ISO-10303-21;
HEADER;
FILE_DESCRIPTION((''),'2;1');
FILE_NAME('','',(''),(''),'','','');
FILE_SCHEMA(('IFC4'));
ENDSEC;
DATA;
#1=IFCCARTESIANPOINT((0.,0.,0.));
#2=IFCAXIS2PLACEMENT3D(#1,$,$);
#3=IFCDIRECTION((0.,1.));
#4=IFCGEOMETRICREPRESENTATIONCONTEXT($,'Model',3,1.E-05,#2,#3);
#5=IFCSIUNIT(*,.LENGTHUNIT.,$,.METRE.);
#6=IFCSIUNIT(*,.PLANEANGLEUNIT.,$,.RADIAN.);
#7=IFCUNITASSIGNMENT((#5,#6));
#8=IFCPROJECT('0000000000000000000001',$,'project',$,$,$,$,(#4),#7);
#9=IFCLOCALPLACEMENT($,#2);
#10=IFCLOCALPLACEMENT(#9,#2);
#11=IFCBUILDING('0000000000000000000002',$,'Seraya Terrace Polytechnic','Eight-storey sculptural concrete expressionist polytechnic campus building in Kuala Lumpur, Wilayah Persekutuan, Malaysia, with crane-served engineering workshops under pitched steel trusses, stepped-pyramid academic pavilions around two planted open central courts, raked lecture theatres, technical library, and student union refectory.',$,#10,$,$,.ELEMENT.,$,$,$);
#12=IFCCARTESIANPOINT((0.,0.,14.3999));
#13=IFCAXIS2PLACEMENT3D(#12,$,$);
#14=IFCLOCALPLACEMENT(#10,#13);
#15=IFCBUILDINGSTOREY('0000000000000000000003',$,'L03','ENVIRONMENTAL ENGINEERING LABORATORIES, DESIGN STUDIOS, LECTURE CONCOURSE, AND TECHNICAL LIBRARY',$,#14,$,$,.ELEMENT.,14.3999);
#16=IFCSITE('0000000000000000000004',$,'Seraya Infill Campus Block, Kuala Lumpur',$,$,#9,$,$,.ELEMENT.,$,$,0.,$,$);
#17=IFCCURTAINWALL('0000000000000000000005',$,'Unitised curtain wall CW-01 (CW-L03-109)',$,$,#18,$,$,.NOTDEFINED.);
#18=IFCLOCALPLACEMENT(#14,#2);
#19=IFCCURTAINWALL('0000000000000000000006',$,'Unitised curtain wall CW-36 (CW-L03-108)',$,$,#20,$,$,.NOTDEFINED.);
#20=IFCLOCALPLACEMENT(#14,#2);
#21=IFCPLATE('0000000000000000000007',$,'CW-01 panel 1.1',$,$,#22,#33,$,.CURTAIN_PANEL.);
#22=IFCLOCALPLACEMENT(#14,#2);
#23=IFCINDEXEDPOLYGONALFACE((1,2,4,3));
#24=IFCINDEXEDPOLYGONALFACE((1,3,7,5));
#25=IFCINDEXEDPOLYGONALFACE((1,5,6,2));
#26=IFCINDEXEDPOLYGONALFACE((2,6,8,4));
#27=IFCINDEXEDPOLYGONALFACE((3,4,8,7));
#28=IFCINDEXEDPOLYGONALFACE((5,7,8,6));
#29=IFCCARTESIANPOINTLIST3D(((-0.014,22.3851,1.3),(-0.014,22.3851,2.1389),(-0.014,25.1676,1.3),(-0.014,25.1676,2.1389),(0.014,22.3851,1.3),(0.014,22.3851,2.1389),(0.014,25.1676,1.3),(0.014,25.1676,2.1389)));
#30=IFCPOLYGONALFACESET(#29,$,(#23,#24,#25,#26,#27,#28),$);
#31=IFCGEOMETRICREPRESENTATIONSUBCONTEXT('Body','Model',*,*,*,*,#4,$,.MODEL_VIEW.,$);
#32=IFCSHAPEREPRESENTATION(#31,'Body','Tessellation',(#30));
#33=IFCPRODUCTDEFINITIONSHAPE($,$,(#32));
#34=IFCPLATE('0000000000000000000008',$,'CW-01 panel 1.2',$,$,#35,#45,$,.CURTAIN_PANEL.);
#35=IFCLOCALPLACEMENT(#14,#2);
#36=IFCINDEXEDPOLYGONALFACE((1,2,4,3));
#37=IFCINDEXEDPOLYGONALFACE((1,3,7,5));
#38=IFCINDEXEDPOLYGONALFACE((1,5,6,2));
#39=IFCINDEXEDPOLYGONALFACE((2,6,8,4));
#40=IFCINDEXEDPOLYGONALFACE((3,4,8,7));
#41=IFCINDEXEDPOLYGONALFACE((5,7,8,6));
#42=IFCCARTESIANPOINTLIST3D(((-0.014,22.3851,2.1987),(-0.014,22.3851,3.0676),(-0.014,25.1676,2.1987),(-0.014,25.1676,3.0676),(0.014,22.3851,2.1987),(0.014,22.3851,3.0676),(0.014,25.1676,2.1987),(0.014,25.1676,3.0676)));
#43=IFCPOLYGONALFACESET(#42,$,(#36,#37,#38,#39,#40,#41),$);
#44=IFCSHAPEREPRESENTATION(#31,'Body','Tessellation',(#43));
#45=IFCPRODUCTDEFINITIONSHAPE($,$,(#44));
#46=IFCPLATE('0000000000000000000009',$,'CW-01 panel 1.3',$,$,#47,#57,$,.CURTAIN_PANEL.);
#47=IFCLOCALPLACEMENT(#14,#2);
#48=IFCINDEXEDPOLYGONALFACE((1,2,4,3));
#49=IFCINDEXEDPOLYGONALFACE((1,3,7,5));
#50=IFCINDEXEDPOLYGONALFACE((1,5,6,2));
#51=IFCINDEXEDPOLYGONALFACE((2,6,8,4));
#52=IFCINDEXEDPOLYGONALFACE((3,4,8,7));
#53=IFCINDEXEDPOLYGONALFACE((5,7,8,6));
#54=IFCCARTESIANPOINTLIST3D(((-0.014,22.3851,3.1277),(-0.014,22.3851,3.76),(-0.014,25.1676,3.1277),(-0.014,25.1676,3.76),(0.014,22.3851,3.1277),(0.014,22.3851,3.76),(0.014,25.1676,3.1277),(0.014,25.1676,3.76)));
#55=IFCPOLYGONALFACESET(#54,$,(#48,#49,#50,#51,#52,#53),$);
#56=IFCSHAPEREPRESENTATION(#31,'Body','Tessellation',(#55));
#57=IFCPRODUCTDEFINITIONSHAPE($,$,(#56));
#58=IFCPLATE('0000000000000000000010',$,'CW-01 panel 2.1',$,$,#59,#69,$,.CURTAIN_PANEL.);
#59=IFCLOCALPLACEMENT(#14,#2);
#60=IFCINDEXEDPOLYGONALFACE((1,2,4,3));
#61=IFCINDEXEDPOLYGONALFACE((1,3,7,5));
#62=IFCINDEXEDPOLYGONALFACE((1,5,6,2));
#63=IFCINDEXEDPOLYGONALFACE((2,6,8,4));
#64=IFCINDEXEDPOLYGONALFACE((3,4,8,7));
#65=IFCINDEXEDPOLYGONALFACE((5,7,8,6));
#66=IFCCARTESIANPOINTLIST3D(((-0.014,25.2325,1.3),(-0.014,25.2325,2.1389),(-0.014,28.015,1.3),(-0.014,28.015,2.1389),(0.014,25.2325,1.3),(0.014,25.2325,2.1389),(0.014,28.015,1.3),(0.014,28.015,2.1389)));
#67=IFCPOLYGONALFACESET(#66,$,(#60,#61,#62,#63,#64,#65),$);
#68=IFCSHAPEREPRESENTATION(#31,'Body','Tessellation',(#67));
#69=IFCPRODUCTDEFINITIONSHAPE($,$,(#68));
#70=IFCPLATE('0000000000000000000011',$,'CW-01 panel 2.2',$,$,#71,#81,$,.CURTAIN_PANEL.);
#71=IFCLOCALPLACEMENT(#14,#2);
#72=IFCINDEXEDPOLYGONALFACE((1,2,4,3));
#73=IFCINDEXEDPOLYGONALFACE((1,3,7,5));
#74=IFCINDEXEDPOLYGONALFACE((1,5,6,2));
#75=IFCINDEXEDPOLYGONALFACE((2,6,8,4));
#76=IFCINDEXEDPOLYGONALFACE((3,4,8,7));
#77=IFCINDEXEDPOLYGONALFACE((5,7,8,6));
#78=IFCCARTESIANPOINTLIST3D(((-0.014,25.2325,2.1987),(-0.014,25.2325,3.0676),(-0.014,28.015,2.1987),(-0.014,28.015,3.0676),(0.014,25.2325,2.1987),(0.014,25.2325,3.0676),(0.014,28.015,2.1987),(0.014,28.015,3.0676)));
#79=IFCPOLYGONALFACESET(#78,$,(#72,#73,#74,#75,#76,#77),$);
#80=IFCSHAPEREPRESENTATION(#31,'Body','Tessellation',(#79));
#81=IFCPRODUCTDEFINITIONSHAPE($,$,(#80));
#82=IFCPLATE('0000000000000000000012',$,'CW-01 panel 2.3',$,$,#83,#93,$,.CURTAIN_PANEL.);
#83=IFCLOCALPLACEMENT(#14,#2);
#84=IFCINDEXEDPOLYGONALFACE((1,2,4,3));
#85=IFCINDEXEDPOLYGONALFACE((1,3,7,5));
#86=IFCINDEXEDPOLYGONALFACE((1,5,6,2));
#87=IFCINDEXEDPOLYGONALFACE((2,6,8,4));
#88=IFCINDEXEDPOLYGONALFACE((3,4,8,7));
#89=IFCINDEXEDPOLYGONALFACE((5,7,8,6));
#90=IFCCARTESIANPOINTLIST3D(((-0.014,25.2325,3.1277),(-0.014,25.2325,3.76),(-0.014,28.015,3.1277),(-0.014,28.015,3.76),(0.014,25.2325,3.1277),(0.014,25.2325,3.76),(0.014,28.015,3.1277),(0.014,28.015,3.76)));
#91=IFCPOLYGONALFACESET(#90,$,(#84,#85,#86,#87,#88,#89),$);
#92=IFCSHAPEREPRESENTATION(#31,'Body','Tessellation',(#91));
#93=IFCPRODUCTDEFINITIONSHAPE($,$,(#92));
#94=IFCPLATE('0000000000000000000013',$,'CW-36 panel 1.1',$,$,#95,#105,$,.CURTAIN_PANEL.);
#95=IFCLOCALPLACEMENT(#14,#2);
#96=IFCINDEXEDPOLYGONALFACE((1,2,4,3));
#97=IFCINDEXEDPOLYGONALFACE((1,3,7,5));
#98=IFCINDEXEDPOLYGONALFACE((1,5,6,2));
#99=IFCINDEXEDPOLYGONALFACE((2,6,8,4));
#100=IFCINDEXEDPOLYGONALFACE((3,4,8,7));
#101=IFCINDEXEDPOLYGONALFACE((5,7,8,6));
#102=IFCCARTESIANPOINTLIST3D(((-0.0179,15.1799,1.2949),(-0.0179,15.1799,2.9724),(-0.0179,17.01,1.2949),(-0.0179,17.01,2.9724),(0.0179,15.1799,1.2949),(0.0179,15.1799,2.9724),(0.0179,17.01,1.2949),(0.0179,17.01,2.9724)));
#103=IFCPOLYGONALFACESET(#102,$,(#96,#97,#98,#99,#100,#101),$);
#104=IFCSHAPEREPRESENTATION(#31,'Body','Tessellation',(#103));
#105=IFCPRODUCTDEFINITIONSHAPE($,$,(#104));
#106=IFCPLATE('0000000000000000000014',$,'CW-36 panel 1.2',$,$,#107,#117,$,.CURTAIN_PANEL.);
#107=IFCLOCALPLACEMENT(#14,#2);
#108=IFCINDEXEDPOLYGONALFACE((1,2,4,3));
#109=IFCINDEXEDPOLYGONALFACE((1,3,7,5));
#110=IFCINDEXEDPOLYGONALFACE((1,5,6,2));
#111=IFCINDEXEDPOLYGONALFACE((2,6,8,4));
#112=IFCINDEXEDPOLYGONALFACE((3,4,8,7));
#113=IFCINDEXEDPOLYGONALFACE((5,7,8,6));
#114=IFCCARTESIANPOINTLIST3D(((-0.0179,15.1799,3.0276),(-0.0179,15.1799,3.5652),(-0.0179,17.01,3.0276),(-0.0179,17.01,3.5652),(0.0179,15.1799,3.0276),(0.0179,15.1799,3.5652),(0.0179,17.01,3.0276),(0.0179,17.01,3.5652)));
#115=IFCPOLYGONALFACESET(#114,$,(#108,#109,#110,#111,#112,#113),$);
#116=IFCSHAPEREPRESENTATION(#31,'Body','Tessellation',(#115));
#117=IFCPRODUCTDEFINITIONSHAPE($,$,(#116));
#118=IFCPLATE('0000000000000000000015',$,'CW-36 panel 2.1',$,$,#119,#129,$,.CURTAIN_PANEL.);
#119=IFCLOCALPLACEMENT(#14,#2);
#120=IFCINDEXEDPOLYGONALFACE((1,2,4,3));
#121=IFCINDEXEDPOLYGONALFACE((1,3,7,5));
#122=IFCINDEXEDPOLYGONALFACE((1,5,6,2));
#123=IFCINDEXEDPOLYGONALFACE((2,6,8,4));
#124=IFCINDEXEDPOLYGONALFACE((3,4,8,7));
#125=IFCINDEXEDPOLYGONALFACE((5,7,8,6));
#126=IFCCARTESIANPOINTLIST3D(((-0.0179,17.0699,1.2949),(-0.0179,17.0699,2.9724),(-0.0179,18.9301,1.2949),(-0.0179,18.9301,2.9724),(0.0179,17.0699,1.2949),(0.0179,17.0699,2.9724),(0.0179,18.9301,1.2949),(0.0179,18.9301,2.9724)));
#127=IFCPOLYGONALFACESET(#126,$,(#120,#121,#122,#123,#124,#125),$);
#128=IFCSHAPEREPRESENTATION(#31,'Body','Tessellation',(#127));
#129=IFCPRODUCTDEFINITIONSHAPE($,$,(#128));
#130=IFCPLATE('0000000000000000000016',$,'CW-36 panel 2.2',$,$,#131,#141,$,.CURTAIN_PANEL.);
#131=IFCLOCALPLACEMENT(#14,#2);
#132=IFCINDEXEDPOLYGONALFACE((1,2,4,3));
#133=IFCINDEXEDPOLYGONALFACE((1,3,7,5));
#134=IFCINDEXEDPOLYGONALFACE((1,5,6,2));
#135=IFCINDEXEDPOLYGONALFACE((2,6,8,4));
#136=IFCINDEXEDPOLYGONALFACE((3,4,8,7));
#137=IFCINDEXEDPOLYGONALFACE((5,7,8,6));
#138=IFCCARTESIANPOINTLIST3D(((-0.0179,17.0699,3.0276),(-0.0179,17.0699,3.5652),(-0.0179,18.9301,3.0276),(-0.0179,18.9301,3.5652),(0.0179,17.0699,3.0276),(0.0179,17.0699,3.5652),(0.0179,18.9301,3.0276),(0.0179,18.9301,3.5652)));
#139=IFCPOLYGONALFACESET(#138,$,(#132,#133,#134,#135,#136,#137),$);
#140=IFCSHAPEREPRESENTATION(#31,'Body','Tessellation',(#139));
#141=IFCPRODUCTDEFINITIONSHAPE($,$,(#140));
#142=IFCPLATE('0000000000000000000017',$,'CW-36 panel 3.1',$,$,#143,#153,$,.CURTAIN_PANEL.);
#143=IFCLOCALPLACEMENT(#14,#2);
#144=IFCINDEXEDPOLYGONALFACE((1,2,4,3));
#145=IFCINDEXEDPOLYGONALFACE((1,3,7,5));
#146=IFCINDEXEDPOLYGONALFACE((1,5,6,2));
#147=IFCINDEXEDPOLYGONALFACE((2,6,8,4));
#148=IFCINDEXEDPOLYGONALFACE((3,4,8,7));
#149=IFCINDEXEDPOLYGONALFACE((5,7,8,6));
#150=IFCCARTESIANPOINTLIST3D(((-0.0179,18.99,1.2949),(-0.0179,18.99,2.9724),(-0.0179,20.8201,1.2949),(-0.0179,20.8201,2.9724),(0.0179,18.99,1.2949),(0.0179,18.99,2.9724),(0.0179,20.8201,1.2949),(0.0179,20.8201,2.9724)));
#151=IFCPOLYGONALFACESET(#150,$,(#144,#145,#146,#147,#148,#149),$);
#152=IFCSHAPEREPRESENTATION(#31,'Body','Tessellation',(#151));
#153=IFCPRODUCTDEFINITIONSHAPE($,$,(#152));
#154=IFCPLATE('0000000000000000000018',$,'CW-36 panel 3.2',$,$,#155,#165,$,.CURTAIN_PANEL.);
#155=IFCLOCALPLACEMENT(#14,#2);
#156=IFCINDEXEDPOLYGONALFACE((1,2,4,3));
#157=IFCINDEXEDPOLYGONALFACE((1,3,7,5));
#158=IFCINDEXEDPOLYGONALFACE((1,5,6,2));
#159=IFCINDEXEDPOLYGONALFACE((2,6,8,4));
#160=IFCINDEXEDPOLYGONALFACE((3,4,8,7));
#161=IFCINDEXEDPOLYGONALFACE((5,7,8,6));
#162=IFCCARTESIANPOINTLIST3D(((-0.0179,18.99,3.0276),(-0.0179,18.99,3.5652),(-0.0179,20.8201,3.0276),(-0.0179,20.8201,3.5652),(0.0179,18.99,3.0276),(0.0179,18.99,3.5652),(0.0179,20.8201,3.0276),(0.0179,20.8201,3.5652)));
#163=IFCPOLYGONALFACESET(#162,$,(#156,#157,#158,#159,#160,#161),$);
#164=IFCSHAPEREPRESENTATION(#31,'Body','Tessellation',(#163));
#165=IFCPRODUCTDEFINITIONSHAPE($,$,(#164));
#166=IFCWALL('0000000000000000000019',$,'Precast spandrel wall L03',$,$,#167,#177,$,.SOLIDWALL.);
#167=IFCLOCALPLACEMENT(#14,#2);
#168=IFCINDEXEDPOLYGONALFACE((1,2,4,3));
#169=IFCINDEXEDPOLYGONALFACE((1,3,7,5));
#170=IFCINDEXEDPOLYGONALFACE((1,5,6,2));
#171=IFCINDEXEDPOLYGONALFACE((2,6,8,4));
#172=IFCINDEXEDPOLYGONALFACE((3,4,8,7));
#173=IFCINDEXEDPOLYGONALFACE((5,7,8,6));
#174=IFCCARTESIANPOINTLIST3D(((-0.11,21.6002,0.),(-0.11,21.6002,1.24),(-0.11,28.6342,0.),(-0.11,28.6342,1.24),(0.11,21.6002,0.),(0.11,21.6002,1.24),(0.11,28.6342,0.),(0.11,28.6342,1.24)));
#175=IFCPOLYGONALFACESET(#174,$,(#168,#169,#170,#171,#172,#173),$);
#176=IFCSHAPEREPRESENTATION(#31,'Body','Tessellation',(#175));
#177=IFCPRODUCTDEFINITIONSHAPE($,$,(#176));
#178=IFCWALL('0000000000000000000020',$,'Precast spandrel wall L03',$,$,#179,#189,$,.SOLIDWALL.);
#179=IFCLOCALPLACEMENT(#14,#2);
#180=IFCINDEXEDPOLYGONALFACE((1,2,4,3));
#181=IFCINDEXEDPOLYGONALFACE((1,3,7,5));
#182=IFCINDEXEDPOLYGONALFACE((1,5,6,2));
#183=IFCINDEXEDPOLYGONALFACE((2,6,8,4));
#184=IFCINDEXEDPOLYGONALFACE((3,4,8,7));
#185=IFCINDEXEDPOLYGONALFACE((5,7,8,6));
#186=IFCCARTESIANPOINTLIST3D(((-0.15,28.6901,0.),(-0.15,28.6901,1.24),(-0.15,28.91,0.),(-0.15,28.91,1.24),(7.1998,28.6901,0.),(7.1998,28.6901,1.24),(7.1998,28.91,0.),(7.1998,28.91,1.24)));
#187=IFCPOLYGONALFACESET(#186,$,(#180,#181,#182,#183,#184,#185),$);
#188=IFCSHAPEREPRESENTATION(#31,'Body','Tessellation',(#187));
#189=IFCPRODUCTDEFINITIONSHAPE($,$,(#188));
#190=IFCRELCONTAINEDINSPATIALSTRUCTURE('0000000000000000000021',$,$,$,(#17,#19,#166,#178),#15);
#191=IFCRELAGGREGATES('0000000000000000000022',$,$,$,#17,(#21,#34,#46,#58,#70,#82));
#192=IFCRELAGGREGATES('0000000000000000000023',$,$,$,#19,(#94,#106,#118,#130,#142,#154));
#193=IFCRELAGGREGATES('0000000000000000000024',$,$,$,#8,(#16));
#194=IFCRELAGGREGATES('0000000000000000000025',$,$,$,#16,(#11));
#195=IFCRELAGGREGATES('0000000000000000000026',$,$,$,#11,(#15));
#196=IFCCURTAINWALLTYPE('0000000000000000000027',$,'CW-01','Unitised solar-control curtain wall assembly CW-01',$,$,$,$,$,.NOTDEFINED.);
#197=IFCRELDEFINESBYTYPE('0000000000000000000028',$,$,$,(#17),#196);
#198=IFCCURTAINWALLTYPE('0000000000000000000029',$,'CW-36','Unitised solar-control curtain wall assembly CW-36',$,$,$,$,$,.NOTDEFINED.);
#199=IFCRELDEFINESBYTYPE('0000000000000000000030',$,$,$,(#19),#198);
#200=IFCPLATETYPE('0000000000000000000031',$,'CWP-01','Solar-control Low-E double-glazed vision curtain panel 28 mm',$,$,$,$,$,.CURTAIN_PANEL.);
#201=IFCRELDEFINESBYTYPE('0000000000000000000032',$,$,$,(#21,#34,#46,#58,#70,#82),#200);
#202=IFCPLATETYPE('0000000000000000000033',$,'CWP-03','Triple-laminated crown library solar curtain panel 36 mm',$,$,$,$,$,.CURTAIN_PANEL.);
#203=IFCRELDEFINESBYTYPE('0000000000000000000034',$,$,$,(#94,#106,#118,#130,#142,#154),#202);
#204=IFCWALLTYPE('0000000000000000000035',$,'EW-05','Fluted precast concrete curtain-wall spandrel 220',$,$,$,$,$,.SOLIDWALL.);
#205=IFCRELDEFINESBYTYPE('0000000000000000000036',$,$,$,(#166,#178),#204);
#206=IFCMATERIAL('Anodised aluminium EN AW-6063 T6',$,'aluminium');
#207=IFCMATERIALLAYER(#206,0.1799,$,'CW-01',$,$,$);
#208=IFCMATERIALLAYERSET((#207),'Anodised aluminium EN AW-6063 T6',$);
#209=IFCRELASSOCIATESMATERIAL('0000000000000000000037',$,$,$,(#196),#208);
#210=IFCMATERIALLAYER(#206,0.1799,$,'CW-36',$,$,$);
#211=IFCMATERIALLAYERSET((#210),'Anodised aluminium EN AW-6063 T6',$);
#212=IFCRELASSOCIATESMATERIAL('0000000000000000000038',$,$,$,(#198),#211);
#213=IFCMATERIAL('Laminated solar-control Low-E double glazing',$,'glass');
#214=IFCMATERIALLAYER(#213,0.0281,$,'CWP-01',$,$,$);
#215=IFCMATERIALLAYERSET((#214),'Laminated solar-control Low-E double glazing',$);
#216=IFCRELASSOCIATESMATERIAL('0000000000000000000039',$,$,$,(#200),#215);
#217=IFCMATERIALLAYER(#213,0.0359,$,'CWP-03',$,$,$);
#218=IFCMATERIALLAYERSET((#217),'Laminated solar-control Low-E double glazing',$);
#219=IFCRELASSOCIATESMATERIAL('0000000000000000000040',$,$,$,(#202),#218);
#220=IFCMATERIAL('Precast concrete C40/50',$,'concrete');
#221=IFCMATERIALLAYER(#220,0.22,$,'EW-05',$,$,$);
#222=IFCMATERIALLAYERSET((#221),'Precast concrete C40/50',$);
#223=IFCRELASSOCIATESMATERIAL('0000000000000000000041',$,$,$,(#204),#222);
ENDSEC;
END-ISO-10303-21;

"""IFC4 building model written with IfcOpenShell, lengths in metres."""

from ifc_helpers import new_model, si_unit, direction, frame, frame_2d, origin, origin_2d, place, context, subcontext, project, spatial, rectangle, extrude, material, layer, layer_set, type_object, element, aggregate, save


model = new_model("IFC4")

# Units and contexts
model_context = context("Model", 3, precision=1e-05, world=origin(), true_north=direction((0.0, 1.0)))
body_context = subcontext(model_context, "Body", "Model", "MODEL_VIEW")
ifc_project = project(units=[si_unit("LENGTHUNIT", "METRE"), si_unit("PLANEANGLEUNIT", "RADIAN")], contexts=[model_context])

# Site, building, storey
site_placement = place(None, origin())
site = spatial("IfcSite", under=ifc_project, at=site_placement, Name="Seraya Infill Campus Block, Kuala Lumpur", CompositionType="ELEMENT", RefElevation=0.0)
building_placement = place(site_placement, origin())
building = spatial("IfcBuilding", under=site, at=building_placement, Name="Seraya Terrace Polytechnic", Description="Eight-storey sculptural concrete expressionist polytechnic campus building in Kuala Lumpur, Wilayah Persekutuan, Malaysia, with crane-served engineering workshops under pitched steel trusses, stepped-pyramid academic pavilions around two planted open central courts, raked lecture theatres, technical library, and student union refectory.", CompositionType="ELEMENT")
storey_placement = place(building_placement, frame((0.0, 0.0, 14.3999)))
storey = spatial("IfcBuildingStorey", under=building, at=storey_placement, Name="L03", Description="ENVIRONMENTAL ENGINEERING LABORATORIES, DESIGN STUDIOS, LECTURE CONCOURSE, AND TECHNICAL LIBRARY", CompositionType="ELEMENT", Elevation=14.3999)

# Curtain walls
ifc_material_1 = material(Name="Anodised aluminium EN AW-6063 T6", Category="aluminium")
ifc_layer_1 = layer(ifc_material_1, 0.1799, Name="CW-01")
ifc_layer_set_1 = layer_set([ifc_layer_1], Name="Anodised aluminium EN AW-6063 T6")
curtain_wall_type_1 = type_object("IfcCurtainWallType", Name="CW-01", Description="Unitised solar-control curtain wall assembly CW-01", PredefinedType="NOTDEFINED", material=ifc_layer_set_1)
curtain_wall_1_placement = place(storey_placement, origin())
curtain_wall_1 = element("IfcCurtainWall", 1, at=curtain_wall_1_placement, inside=storey, type_object=curtain_wall_type_1, Name="Unitised curtain wall CW-01 (CW-L03-109)", PredefinedType="NOTDEFINED")
ifc_layer_2 = layer(ifc_material_1, 0.1799, Name="CW-36")
ifc_layer_set_2 = layer_set([ifc_layer_2], Name="Anodised aluminium EN AW-6063 T6")
curtain_wall_type_2 = type_object("IfcCurtainWallType", Name="CW-36", Description="Unitised solar-control curtain wall assembly CW-36", PredefinedType="NOTDEFINED", material=ifc_layer_set_2)
curtain_wall_2_placement = place(storey_placement, origin())
curtain_wall_2 = element("IfcCurtainWall", 2, at=curtain_wall_2_placement, inside=storey, type_object=curtain_wall_type_2, Name="Unitised curtain wall CW-36 (CW-L03-108)", PredefinedType="NOTDEFINED")

# Plates
ifc_material_2 = material(Name="Laminated solar-control Low-E double glazing", Category="glass")
ifc_layer_3 = layer(ifc_material_2, 0.0281, Name="CWP-01")
ifc_layer_set_3 = layer_set([ifc_layer_3], Name="Laminated solar-control Low-E double glazing")
plate_type_1 = type_object("IfcPlateType", Name="CWP-01", Description="Solar-control Low-E double-glazed vision curtain panel 28 mm", PredefinedType="CURTAIN_PANEL", material=ifc_layer_set_3)
plate_1_placement = place(storey_placement, frame((0.0, 23.7764, 1.3), z_axis=(0.0, 0.0, 1.0), x_axis=(0.0, 1.0, 0.0)))
plate_1 = element("IfcPlate", 3, at=plate_1_placement, type_object=plate_type_1, Name="CW-01 panel 1.1", PredefinedType="CURTAIN_PANEL", context=body_context, shape_type="SweptSolid", body=[
    extrude(rectangle(XDim=2.7825, YDim=0.0281, at=origin_2d()), origin(), (0.0, 0.0, 1.0), 0.8389),
])
plate_2_placement = place(storey_placement, frame((0.0, 23.7764, 2.1987), z_axis=(0.0, 0.0, 1.0), x_axis=(0.0, 1.0, 0.0)))
plate_2 = element("IfcPlate", 4, at=plate_2_placement, type_object=plate_type_1, Name="CW-01 panel 1.2", PredefinedType="CURTAIN_PANEL", context=body_context, shape_type="SweptSolid", body=[
    extrude(rectangle(XDim=2.7825, YDim=0.0281, at=origin_2d()), origin(), (0.0, 0.0, 1.0), 0.8689),
])
plate_3_placement = place(storey_placement, frame((0.0, 23.7764, 3.1277), z_axis=(0.0, 0.0, 1.0), x_axis=(0.0, 1.0, 0.0)))
plate_3 = element("IfcPlate", 5, at=plate_3_placement, type_object=plate_type_1, Name="CW-01 panel 1.3", PredefinedType="CURTAIN_PANEL", context=body_context, shape_type="SweptSolid", body=[
    extrude(rectangle(XDim=2.7825, YDim=0.0281, at=origin_2d()), origin(), (0.0, 0.0, 1.0), 0.6323),
])
plate_4_placement = place(storey_placement, frame((0.0, 26.6238, 1.3), z_axis=(0.0, 0.0, 1.0), x_axis=(0.0, 1.0, 0.0)))
plate_4 = element("IfcPlate", 6, at=plate_4_placement, type_object=plate_type_1, Name="CW-01 panel 2.1", PredefinedType="CURTAIN_PANEL", context=body_context, shape_type="SweptSolid", body=[
    extrude(rectangle(XDim=2.7825, YDim=0.0281, at=origin_2d()), origin(), (0.0, 0.0, 1.0), 0.8389),
])
plate_5_placement = place(storey_placement, frame((0.0, 26.6238, 2.1987), z_axis=(0.0, 0.0, 1.0), x_axis=(0.0, 1.0, 0.0)))
plate_5 = element("IfcPlate", 7, at=plate_5_placement, type_object=plate_type_1, Name="CW-01 panel 2.2", PredefinedType="CURTAIN_PANEL", context=body_context, shape_type="SweptSolid", body=[
    extrude(rectangle(XDim=2.7825, YDim=0.0281, at=origin_2d()), origin(), (0.0, 0.0, 1.0), 0.8689),
])
plate_6_placement = place(storey_placement, frame((0.0, 26.6238, 3.1277), z_axis=(0.0, 0.0, 1.0), x_axis=(0.0, 1.0, 0.0)))
plate_6 = element("IfcPlate", 8, at=plate_6_placement, type_object=plate_type_1, Name="CW-01 panel 2.3", PredefinedType="CURTAIN_PANEL", context=body_context, shape_type="SweptSolid", body=[
    extrude(rectangle(XDim=2.7825, YDim=0.0281, at=origin_2d()), origin(), (0.0, 0.0, 1.0), 0.6323),
])
aggregate(curtain_wall_1, [plate_1, plate_2, plate_3, plate_4, plate_5, plate_6])
ifc_layer_4 = layer(ifc_material_2, 0.0359, Name="CWP-03")
ifc_layer_set_4 = layer_set([ifc_layer_4], Name="Laminated solar-control Low-E double glazing")
plate_type_2 = type_object("IfcPlateType", Name="CWP-03", Description="Triple-laminated crown library solar curtain panel 36 mm", PredefinedType="CURTAIN_PANEL", material=ifc_layer_set_4)
plate_7_placement = place(storey_placement, frame((0.0, 16.095, 1.2949), z_axis=(0.0, 0.0, 1.0), x_axis=(0.0, 1.0, 0.0)))
plate_7 = element("IfcPlate", 9, at=plate_7_placement, type_object=plate_type_2, Name="CW-36 panel 1.1", PredefinedType="CURTAIN_PANEL", context=body_context, shape_type="SweptSolid", body=[
    extrude(rectangle(XDim=1.8301, YDim=0.0359, at=origin_2d()), origin(), (0.0, 0.0, 1.0), 1.6775),
])
plate_8_placement = place(storey_placement, frame((0.0, 16.095, 3.0276), z_axis=(0.0, 0.0, 1.0), x_axis=(0.0, 1.0, 0.0)))
plate_8 = element("IfcPlate", 10, at=plate_8_placement, type_object=plate_type_2, Name="CW-36 panel 1.2", PredefinedType="CURTAIN_PANEL", context=body_context, shape_type="SweptSolid", body=[
    extrude(rectangle(XDim=1.8301, YDim=0.0359, at=origin_2d()), origin(), (0.0, 0.0, 1.0), 0.5376),
])
plate_9_placement = place(storey_placement, frame((0.0, 18.0, 1.2949), z_axis=(0.0, 0.0, 1.0), x_axis=(0.0, 1.0, 0.0)))
plate_9 = element("IfcPlate", 11, at=plate_9_placement, type_object=plate_type_2, Name="CW-36 panel 2.1", PredefinedType="CURTAIN_PANEL", context=body_context, shape_type="SweptSolid", body=[
    extrude(rectangle(XDim=1.8601, YDim=0.0359, at=origin_2d()), origin(), (0.0, 0.0, 1.0), 1.6775),
])
plate_10_placement = place(storey_placement, frame((0.0, 18.0, 3.0276), z_axis=(0.0, 0.0, 1.0), x_axis=(0.0, 1.0, 0.0)))
plate_10 = element("IfcPlate", 12, at=plate_10_placement, type_object=plate_type_2, Name="CW-36 panel 2.2", PredefinedType="CURTAIN_PANEL", context=body_context, shape_type="SweptSolid", body=[
    extrude(rectangle(XDim=1.8601, YDim=0.0359, at=origin_2d()), origin(), (0.0, 0.0, 1.0), 0.5376),
])
plate_11_placement = place(storey_placement, frame((0.0, 19.905, 1.2949), z_axis=(0.0, 0.0, 1.0), x_axis=(0.0, 1.0, 0.0)))
plate_11 = element("IfcPlate", 13, at=plate_11_placement, type_object=plate_type_2, Name="CW-36 panel 3.1", PredefinedType="CURTAIN_PANEL", context=body_context, shape_type="SweptSolid", body=[
    extrude(rectangle(XDim=1.8301, YDim=0.0359, at=origin_2d()), origin(), (0.0, 0.0, 1.0), 1.6775),
])
plate_12_placement = place(storey_placement, frame((0.0, 19.905, 3.0276), z_axis=(0.0, 0.0, 1.0), x_axis=(0.0, 1.0, 0.0)))
plate_12 = element("IfcPlate", 14, at=plate_12_placement, type_object=plate_type_2, Name="CW-36 panel 3.2", PredefinedType="CURTAIN_PANEL", context=body_context, shape_type="SweptSolid", body=[
    extrude(rectangle(XDim=1.8301, YDim=0.0359, at=origin_2d()), origin(), (0.0, 0.0, 1.0), 0.5376),
])
aggregate(curtain_wall_2, [plate_7, plate_8, plate_9, plate_10, plate_11, plate_12])

# Walls
ifc_material_3 = material(Name="Precast concrete C40/50", Category="concrete")
ifc_layer_5 = layer(ifc_material_3, 0.22, Name="EW-05")
ifc_layer_set_5 = layer_set([ifc_layer_5], Name="Precast concrete C40/50")
wall_type = type_object("IfcWallType", Name="EW-05", Description="Fluted precast concrete curtain-wall spandrel 220", PredefinedType="SOLIDWALL", material=ifc_layer_set_5)
wall_1_placement = place(storey_placement, frame((0.0, 21.6001, 0.0), z_axis=(0.0, 0.0, 1.0), x_axis=(0.0, 1.0, 0.0)))
element("IfcWall", 15, at=wall_1_placement, inside=storey, type_object=wall_type, Name="Precast spandrel wall L03", PredefinedType="SOLIDWALL", context=body_context, shape_type="SweptSolid", body=[
    extrude(rectangle(XDim=7.0339, YDim=0.22, at=frame_2d((3.5171, 0.0))), origin(), (0.0, 0.0, 1.0), 1.24),
])
wall_2_placement = place(storey_placement, frame((-0.1499, 28.8, 0.0), z_axis=(0.0, 0.0, 1.0), x_axis=(1.0, 0.0, 0.0)))
element("IfcWall", 16, at=wall_2_placement, inside=storey, type_object=wall_type, Name="Precast spandrel wall L03", PredefinedType="SOLIDWALL", context=body_context, shape_type="SweptSolid", body=[
    extrude(rectangle(XDim=7.3499, YDim=0.22, at=frame_2d((3.6748, 0.0))), origin(), (0.0, 0.0, 1.0), 1.24),
])

save(model, "model.ifc")
